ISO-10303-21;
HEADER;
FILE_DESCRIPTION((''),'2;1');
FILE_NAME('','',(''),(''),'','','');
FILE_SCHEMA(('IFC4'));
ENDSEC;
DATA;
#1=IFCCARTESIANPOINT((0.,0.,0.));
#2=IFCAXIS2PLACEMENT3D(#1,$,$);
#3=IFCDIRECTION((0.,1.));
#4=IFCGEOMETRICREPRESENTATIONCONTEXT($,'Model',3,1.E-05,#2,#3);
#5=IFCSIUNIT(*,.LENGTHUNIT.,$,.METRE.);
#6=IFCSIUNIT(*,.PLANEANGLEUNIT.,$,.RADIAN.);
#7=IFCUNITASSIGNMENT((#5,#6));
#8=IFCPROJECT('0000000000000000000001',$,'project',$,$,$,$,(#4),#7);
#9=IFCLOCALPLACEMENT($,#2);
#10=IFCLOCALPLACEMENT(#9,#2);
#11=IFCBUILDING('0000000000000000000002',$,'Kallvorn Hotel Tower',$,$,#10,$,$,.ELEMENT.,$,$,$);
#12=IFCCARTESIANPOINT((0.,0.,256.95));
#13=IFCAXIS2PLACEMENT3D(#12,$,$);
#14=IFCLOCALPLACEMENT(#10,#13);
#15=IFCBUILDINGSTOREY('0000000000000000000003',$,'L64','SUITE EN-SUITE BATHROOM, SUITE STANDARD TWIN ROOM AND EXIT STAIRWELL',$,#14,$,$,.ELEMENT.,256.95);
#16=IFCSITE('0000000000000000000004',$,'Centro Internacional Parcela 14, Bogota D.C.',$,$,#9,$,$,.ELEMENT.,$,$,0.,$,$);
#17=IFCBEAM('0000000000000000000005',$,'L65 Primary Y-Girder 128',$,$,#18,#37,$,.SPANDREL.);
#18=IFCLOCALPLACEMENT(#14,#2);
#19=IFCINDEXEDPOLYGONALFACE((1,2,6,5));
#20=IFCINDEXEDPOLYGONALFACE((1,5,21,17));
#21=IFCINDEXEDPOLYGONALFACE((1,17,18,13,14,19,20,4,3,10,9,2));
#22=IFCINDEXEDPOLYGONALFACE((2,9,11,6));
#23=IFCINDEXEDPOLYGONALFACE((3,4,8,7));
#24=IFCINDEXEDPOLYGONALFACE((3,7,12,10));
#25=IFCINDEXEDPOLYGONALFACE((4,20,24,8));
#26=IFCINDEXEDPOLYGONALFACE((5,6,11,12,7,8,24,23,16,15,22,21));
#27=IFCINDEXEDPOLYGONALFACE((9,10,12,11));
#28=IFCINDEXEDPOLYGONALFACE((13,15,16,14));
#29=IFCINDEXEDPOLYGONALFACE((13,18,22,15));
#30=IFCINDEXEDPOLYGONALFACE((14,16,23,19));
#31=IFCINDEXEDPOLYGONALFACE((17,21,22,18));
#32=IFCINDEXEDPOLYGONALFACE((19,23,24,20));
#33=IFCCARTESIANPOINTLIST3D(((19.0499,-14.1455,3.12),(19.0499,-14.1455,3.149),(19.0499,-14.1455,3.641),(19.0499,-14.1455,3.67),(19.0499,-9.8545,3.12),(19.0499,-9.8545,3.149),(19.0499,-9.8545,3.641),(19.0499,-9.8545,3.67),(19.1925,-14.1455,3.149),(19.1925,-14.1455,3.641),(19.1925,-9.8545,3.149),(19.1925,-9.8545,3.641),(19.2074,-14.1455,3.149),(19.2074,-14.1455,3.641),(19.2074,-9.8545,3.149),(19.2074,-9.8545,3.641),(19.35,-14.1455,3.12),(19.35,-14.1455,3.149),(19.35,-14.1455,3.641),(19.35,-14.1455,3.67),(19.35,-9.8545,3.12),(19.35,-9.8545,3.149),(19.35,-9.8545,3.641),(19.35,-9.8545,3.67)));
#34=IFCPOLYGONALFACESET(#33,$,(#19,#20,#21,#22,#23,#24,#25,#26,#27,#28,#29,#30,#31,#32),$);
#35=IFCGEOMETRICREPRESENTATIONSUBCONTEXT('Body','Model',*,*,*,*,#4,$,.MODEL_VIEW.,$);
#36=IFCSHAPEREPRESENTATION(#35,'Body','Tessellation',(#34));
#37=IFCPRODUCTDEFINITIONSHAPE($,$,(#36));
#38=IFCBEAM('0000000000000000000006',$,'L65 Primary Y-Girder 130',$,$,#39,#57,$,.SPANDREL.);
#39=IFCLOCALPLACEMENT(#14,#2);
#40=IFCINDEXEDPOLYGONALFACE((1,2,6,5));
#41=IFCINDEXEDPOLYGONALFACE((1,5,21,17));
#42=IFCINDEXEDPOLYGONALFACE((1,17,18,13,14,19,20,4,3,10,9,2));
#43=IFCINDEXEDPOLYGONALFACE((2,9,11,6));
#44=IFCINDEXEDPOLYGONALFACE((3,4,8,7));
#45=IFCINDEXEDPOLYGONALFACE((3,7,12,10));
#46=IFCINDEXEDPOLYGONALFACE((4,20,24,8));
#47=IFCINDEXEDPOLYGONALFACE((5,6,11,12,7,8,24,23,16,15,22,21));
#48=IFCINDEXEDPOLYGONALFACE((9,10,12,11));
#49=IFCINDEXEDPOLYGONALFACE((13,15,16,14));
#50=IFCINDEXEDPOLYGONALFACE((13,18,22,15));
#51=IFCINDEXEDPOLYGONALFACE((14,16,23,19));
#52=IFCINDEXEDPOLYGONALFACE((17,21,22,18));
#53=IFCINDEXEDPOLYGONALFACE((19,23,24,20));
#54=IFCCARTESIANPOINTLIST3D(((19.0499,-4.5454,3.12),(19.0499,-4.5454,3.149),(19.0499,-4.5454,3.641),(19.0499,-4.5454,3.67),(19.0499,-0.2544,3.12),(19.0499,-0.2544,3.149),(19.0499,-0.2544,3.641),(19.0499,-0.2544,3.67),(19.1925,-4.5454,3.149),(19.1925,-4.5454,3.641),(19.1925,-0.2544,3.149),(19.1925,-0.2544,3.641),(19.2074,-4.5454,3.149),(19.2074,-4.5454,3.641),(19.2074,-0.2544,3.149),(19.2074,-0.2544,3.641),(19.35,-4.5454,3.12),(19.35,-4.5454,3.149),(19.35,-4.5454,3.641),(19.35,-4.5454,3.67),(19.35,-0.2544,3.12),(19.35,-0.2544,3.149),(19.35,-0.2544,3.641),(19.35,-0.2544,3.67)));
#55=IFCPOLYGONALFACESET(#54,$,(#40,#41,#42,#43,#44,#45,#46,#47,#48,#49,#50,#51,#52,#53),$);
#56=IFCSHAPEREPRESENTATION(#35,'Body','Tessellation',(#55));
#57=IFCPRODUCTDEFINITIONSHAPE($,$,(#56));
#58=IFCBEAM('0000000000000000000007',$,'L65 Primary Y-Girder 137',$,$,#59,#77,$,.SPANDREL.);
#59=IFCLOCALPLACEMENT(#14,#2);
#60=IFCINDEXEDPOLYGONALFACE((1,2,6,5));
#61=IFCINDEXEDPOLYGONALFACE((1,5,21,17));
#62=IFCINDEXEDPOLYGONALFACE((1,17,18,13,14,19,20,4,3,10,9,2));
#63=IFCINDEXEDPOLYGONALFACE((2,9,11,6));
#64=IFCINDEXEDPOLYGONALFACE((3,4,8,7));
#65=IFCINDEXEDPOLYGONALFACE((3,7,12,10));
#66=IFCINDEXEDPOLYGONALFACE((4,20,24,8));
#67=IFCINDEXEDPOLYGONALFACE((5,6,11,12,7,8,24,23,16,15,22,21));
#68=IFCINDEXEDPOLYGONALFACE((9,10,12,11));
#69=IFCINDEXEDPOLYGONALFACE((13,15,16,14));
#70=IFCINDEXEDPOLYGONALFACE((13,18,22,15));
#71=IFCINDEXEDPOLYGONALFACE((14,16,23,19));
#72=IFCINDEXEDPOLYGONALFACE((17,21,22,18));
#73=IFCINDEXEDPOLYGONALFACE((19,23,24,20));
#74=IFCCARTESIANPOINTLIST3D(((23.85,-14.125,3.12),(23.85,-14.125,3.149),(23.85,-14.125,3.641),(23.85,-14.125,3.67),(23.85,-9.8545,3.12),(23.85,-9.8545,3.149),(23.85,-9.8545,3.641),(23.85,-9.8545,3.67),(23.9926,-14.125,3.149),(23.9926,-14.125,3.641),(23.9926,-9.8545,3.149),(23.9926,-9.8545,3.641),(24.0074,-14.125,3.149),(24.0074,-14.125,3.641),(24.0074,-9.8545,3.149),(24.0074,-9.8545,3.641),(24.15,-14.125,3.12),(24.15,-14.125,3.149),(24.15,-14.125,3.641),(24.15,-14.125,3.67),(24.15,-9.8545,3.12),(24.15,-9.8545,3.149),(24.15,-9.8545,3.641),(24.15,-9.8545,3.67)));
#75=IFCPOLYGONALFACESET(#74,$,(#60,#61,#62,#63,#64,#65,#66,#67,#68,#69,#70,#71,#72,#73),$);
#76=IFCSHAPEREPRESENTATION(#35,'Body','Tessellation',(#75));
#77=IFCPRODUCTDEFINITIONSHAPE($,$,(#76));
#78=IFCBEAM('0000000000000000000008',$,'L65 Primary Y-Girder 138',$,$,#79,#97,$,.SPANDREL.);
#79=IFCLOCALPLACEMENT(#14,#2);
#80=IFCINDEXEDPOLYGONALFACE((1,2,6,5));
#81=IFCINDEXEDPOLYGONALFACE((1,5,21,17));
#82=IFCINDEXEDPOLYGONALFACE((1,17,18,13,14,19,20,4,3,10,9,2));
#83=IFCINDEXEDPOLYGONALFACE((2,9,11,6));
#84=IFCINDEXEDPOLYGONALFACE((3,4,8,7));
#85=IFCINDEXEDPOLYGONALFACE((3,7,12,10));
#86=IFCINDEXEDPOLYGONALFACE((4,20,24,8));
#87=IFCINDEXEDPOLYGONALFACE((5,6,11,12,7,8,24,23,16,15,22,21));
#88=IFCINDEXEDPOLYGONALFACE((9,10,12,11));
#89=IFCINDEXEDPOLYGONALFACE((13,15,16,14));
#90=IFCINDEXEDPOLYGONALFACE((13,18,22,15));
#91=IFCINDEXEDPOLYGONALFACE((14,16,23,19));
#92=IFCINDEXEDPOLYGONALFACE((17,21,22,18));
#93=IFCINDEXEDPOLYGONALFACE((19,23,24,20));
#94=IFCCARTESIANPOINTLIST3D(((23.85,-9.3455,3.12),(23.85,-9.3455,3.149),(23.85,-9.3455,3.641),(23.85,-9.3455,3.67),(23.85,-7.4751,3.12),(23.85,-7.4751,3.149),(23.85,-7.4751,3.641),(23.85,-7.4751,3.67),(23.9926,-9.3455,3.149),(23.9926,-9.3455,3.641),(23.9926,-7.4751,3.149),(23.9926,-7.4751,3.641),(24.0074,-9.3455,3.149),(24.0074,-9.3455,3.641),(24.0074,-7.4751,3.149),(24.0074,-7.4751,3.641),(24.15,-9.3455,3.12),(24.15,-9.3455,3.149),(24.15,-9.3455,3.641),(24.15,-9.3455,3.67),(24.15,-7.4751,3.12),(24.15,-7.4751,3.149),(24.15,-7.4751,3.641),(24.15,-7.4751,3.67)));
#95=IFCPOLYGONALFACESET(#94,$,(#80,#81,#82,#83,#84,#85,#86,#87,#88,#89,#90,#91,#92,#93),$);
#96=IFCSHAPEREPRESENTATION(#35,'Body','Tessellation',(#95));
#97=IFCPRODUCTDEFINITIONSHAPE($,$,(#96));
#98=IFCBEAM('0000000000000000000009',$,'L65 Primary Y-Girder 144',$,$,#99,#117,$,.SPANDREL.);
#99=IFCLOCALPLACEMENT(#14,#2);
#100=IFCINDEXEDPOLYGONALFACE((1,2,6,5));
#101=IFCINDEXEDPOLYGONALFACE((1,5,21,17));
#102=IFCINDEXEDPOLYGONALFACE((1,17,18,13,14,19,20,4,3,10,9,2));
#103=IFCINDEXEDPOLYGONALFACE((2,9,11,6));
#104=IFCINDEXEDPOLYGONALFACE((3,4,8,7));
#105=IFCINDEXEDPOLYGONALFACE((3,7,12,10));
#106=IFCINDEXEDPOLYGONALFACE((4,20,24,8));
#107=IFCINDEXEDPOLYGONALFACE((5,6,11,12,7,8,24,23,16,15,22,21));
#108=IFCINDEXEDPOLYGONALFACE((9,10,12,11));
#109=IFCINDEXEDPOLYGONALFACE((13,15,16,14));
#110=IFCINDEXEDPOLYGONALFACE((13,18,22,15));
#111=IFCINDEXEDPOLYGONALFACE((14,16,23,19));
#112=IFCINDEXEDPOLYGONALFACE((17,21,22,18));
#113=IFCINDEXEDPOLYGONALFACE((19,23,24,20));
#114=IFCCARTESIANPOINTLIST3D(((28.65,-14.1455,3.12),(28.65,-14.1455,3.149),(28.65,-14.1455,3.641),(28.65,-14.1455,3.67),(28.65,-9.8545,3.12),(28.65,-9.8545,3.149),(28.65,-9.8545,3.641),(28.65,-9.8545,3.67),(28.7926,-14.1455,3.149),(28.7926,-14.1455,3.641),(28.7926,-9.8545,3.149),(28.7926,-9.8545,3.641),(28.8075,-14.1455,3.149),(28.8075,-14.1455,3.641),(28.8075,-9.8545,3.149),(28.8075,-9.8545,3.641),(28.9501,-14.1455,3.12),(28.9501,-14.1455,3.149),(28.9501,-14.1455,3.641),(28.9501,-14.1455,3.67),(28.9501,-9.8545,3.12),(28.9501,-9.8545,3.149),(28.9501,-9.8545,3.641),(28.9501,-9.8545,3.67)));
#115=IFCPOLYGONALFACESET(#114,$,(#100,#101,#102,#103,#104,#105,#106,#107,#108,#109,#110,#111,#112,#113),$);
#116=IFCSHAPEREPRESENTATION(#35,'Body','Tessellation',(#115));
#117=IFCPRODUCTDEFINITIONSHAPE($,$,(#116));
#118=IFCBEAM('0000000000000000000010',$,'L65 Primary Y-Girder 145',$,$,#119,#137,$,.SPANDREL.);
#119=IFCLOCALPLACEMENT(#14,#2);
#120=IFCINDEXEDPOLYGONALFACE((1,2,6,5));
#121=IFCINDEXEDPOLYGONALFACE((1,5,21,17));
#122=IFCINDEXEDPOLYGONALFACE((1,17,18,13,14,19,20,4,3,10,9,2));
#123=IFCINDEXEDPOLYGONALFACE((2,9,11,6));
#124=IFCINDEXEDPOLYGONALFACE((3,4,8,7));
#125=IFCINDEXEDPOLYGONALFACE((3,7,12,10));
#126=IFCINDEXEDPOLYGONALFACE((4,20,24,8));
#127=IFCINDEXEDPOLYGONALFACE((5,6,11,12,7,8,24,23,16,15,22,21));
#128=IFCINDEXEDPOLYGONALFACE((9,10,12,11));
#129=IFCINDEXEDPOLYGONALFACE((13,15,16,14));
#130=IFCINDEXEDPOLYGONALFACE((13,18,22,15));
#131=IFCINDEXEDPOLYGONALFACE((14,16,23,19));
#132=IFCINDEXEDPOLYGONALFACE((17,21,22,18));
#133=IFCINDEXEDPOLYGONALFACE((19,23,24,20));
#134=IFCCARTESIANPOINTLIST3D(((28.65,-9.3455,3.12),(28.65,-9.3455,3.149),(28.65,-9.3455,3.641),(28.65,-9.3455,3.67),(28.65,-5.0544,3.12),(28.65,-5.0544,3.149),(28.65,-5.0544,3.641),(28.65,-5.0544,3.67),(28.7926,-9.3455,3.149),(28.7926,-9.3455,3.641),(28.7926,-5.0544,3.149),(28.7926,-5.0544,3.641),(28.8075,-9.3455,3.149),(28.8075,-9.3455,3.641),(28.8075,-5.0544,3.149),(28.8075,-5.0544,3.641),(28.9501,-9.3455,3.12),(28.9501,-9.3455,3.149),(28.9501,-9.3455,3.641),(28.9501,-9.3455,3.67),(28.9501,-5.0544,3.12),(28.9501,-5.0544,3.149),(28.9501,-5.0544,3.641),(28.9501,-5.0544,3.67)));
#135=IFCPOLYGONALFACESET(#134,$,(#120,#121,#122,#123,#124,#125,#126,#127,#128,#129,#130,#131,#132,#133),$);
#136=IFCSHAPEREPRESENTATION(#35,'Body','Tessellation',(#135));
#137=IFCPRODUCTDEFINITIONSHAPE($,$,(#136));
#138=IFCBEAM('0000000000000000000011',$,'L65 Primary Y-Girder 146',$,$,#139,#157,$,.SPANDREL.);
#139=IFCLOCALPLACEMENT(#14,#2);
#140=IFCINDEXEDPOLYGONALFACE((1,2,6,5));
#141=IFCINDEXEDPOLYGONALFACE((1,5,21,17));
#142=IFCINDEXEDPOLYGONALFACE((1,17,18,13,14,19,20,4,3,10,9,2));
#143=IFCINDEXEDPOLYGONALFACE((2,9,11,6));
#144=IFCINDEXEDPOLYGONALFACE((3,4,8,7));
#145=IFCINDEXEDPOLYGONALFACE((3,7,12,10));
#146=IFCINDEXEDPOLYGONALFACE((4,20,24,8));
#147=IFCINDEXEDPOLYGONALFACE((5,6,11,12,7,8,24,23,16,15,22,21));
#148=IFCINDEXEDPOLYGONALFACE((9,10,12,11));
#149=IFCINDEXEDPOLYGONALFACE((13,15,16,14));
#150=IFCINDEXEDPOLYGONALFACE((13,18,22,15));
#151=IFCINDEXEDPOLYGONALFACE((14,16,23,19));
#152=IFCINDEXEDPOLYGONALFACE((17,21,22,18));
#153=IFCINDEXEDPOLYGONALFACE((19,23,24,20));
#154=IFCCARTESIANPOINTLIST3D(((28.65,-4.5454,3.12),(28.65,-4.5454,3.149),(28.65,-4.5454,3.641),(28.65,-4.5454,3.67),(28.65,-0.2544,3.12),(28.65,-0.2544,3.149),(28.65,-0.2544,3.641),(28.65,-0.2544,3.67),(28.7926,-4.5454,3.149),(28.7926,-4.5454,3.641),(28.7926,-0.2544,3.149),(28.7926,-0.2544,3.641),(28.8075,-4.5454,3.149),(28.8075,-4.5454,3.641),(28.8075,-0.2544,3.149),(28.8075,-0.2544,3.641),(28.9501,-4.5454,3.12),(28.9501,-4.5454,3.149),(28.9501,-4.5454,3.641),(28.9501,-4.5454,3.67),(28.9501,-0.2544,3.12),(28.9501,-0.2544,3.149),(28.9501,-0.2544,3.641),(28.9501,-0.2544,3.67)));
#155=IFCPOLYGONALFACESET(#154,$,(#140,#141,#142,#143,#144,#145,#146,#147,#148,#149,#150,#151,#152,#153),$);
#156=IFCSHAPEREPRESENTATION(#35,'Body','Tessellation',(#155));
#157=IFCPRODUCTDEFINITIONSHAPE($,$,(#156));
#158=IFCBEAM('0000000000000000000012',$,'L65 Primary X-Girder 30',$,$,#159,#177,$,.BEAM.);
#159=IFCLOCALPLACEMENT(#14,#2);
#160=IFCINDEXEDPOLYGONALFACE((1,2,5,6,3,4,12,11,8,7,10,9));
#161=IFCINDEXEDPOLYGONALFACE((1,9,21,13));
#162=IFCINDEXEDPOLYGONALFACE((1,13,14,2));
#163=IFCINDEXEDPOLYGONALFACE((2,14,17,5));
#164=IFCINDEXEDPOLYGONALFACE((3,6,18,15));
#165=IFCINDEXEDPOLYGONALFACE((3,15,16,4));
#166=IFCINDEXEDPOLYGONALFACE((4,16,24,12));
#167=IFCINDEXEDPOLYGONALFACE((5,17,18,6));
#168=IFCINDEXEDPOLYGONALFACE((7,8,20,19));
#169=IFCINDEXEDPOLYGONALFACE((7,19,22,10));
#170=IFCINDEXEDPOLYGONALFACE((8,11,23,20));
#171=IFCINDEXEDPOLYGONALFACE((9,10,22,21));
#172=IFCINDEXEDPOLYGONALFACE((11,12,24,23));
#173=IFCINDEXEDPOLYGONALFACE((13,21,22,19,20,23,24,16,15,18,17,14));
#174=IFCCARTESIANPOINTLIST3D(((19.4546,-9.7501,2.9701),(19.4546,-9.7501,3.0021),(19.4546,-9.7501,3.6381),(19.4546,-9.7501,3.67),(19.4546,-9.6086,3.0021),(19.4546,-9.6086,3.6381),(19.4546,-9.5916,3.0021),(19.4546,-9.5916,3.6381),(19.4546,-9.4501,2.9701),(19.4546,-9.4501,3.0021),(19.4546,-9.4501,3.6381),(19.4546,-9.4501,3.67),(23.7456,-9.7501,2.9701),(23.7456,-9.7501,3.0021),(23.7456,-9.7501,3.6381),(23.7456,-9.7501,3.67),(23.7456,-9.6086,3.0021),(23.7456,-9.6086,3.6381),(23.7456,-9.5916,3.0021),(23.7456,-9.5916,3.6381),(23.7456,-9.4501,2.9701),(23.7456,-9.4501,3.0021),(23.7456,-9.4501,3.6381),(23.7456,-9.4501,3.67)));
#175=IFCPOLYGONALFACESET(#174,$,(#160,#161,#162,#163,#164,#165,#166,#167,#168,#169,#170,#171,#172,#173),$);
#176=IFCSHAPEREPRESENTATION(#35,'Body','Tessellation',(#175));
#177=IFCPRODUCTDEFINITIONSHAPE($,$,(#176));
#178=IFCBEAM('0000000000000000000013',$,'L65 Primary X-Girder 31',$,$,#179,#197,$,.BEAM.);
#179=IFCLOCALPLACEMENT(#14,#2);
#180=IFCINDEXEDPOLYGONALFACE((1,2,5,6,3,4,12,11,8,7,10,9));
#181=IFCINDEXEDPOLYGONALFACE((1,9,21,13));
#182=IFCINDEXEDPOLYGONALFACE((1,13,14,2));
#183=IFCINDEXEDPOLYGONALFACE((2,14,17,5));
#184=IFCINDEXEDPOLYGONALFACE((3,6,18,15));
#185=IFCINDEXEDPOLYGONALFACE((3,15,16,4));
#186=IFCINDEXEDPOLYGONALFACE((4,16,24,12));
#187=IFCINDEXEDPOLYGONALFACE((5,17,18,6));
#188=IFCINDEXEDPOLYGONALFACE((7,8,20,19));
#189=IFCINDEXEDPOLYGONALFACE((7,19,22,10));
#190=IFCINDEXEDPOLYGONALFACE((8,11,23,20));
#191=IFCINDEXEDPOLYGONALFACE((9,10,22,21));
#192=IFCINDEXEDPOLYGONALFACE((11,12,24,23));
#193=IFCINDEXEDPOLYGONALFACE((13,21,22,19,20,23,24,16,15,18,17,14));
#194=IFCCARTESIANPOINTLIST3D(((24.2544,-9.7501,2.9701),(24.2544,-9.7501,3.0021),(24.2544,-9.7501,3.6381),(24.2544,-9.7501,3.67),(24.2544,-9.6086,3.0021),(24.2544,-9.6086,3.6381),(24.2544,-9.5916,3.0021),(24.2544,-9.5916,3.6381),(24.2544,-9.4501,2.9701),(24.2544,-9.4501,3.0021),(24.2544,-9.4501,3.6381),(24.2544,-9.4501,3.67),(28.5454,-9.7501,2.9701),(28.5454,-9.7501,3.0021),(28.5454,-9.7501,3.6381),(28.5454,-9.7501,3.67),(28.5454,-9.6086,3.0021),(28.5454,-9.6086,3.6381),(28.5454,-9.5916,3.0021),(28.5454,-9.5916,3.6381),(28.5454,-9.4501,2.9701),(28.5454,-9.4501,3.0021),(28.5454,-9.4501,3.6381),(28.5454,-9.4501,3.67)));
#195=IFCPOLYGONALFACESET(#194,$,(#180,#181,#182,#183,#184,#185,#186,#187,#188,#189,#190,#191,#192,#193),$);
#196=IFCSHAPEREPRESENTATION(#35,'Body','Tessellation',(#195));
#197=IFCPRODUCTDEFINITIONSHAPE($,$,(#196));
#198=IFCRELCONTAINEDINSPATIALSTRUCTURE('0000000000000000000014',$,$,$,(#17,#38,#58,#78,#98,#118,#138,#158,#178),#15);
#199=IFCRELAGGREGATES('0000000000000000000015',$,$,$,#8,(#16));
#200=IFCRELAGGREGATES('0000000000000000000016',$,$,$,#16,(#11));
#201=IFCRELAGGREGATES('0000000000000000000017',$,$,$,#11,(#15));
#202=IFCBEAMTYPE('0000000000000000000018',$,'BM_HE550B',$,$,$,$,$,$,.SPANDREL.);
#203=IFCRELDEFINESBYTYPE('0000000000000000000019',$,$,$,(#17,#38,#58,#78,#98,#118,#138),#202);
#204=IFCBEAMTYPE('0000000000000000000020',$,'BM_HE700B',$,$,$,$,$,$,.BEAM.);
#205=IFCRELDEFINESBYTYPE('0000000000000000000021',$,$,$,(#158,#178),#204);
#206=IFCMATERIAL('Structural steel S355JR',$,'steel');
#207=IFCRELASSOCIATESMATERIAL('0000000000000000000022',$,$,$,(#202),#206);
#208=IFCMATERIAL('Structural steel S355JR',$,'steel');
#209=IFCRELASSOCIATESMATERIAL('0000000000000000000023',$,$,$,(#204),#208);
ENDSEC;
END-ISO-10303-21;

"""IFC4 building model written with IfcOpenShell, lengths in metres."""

from ifc_helpers import new_model, si_unit, direction, frame, origin, origin_2d, place, context, subcontext, project, spatial, i_section, extrude, material, material_profile, profile_set, type_object, element, save


model = new_model("IFC4")

# Units and contexts
model_context = context("Model", 3, precision=1e-05, world=origin(), true_north=direction((0.0, 1.0)))
body_context = subcontext(model_context, "Body", "Model", "MODEL_VIEW")
ifc_project = project(units=[si_unit("LENGTHUNIT", "METRE"), si_unit("PLANEANGLEUNIT", "RADIAN")], contexts=[model_context])

# Site, building, storey
site_placement = place(None, origin())
site = spatial("IfcSite", under=ifc_project, at=site_placement, Name="Centro Internacional Parcela 14, Bogota D.C.", CompositionType="ELEMENT", RefElevation=0.0)
building_placement = place(site_placement, origin())
building = spatial("IfcBuilding", under=site, at=building_placement, Name="Kallvorn Hotel Tower", CompositionType="ELEMENT")
storey_placement = place(building_placement, frame((0.0, 0.0, 256.95)))
storey = spatial("IfcBuildingStorey", under=building, at=storey_placement, Name="L64", Description="SUITE EN-SUITE BATHROOM, SUITE STANDARD TWIN ROOM AND EXIT STAIRWELL", CompositionType="ELEMENT", Elevation=256.95)

# Beams
ifc_material_1 = material(Name="Structural steel S355JR", Category="steel")
ifc_material_profile_1 = material_profile(ifc_material_1, i_section(OverallWidth=0.3, OverallDepth=0.55, WebThickness=0.0149, FlangeThickness=0.0291, at=origin_2d()), Name="HE 550 B")
ifc_profile_set_1 = profile_set([ifc_material_profile_1], Name="Structural steel S355JR")
beam_type_1 = type_object("IfcBeamType", Name="BM_HE550B", PredefinedType="SPANDREL", material=ifc_profile_set_1)
for number, where, z_axis, x_axis, name in (
    (1, (19.2, -14.1455, 3.395), (0.0, 1.0, 0.0), (-1.0, 0.0, 0.0), "L65 Primary Y-Girder 128"),
    (2, (19.2, -4.5454, 3.395), (0.0, 1.0, 0.0), (-1.0, 0.0, 0.0), "L65 Primary Y-Girder 130"),
):
    element("IfcBeam", number, at=place(storey_placement, frame(where, z_axis=z_axis, x_axis=x_axis)), inside=storey, type_object=beam_type_1, Name=name, PredefinedType="SPANDREL", context=body_context, shape_type="SweptSolid", body=[
        extrude(i_section(OverallWidth=0.3, OverallDepth=0.55, WebThickness=0.0149, FlangeThickness=0.0291, at=origin_2d()), origin(), (0.0, 0.0, 1.0), 4.291),
    ])
beam_1_placement = place(storey_placement, frame((24.0, -14.125, 3.395), z_axis=(0.0, 1.0, 0.0), x_axis=(-1.0, 0.0, 0.0)))
element("IfcBeam", 3, at=beam_1_placement, inside=storey, type_object=beam_type_1, Name="L65 Primary Y-Girder 137", PredefinedType="SPANDREL", context=body_context, shape_type="SweptSolid", body=[
    extrude(i_section(OverallWidth=0.3, OverallDepth=0.55, WebThickness=0.0149, FlangeThickness=0.0291, at=origin_2d()), origin(), (0.0, 0.0, 1.0), 4.2705),
])
beam_2_placement = place(storey_placement, frame((24.0, -9.3455, 3.395), z_axis=(0.0, 1.0, 0.0), x_axis=(-1.0, 0.0, 0.0)))
element("IfcBeam", 4, at=beam_2_placement, inside=storey, type_object=beam_type_1, Name="L65 Primary Y-Girder 138", PredefinedType="SPANDREL", context=body_context, shape_type="SweptSolid", body=[
    extrude(i_section(OverallWidth=0.3, OverallDepth=0.55, WebThickness=0.0149, FlangeThickness=0.0291, at=origin_2d()), origin(), (0.0, 0.0, 1.0), 1.8704),
])
for number, where, z_axis, x_axis, name in (
    (5, (28.8, -14.1455, 3.395), (0.0, 1.0, 0.0), (-1.0, 0.0, 0.0), "L65 Primary Y-Girder 144"),
    (6, (28.8, -9.3455, 3.395), (0.0, 1.0, 0.0), (-1.0, 0.0, 0.0), "L65 Primary Y-Girder 145"),
    (7, (28.8, -4.5454, 3.395), (0.0, 1.0, 0.0), (-1.0, 0.0, 0.0), "L65 Primary Y-Girder 146"),
):
    element("IfcBeam", number, at=place(storey_placement, frame(where, z_axis=z_axis, x_axis=x_axis)), inside=storey, type_object=beam_type_1, Name=name, PredefinedType="SPANDREL", context=body_context, shape_type="SweptSolid", body=[
        extrude(i_section(OverallWidth=0.3, OverallDepth=0.55, WebThickness=0.0149, FlangeThickness=0.0291, at=origin_2d()), origin(), (0.0, 0.0, 1.0), 4.291),
    ])
ifc_material_2 = material(Name="Structural steel S355JR", Category="steel")
ifc_material_profile_2 = material_profile(ifc_material_2, i_section(OverallWidth=0.3, OverallDepth=0.7, WebThickness=0.0171, FlangeThickness=0.032, at=origin_2d()), Name="HE 700 B")
ifc_profile_set_2 = profile_set([ifc_material_profile_2], Name="Structural steel S355JR")
beam_type_2 = type_object("IfcBeamType", Name="BM_HE700B", PredefinedType="BEAM", material=ifc_profile_set_2)
for number, where, z_axis, x_axis, name in (
    (8, (19.4546, -9.6001, 3.3201), (1.0, 0.0, 0.0), (0.0, 1.0, 0.0), "L65 Primary X-Girder 30"),
    (9, (24.2544, -9.6001, 3.3201), (1.0, 0.0, 0.0), (0.0, 1.0, 0.0), "L65 Primary X-Girder 31"),
):
    element("IfcBeam", number, at=place(storey_placement, frame(where, z_axis=z_axis, x_axis=x_axis)), inside=storey, type_object=beam_type_2, Name=name, PredefinedType="BEAM", context=body_context, shape_type="SweptSolid", body=[
        extrude(i_section(OverallWidth=0.3, OverallDepth=0.7, WebThickness=0.0171, FlangeThickness=0.032, at=origin_2d()), origin(), (0.0, 0.0, 1.0), 4.291),
    ])

save(model, "model.ifc")
